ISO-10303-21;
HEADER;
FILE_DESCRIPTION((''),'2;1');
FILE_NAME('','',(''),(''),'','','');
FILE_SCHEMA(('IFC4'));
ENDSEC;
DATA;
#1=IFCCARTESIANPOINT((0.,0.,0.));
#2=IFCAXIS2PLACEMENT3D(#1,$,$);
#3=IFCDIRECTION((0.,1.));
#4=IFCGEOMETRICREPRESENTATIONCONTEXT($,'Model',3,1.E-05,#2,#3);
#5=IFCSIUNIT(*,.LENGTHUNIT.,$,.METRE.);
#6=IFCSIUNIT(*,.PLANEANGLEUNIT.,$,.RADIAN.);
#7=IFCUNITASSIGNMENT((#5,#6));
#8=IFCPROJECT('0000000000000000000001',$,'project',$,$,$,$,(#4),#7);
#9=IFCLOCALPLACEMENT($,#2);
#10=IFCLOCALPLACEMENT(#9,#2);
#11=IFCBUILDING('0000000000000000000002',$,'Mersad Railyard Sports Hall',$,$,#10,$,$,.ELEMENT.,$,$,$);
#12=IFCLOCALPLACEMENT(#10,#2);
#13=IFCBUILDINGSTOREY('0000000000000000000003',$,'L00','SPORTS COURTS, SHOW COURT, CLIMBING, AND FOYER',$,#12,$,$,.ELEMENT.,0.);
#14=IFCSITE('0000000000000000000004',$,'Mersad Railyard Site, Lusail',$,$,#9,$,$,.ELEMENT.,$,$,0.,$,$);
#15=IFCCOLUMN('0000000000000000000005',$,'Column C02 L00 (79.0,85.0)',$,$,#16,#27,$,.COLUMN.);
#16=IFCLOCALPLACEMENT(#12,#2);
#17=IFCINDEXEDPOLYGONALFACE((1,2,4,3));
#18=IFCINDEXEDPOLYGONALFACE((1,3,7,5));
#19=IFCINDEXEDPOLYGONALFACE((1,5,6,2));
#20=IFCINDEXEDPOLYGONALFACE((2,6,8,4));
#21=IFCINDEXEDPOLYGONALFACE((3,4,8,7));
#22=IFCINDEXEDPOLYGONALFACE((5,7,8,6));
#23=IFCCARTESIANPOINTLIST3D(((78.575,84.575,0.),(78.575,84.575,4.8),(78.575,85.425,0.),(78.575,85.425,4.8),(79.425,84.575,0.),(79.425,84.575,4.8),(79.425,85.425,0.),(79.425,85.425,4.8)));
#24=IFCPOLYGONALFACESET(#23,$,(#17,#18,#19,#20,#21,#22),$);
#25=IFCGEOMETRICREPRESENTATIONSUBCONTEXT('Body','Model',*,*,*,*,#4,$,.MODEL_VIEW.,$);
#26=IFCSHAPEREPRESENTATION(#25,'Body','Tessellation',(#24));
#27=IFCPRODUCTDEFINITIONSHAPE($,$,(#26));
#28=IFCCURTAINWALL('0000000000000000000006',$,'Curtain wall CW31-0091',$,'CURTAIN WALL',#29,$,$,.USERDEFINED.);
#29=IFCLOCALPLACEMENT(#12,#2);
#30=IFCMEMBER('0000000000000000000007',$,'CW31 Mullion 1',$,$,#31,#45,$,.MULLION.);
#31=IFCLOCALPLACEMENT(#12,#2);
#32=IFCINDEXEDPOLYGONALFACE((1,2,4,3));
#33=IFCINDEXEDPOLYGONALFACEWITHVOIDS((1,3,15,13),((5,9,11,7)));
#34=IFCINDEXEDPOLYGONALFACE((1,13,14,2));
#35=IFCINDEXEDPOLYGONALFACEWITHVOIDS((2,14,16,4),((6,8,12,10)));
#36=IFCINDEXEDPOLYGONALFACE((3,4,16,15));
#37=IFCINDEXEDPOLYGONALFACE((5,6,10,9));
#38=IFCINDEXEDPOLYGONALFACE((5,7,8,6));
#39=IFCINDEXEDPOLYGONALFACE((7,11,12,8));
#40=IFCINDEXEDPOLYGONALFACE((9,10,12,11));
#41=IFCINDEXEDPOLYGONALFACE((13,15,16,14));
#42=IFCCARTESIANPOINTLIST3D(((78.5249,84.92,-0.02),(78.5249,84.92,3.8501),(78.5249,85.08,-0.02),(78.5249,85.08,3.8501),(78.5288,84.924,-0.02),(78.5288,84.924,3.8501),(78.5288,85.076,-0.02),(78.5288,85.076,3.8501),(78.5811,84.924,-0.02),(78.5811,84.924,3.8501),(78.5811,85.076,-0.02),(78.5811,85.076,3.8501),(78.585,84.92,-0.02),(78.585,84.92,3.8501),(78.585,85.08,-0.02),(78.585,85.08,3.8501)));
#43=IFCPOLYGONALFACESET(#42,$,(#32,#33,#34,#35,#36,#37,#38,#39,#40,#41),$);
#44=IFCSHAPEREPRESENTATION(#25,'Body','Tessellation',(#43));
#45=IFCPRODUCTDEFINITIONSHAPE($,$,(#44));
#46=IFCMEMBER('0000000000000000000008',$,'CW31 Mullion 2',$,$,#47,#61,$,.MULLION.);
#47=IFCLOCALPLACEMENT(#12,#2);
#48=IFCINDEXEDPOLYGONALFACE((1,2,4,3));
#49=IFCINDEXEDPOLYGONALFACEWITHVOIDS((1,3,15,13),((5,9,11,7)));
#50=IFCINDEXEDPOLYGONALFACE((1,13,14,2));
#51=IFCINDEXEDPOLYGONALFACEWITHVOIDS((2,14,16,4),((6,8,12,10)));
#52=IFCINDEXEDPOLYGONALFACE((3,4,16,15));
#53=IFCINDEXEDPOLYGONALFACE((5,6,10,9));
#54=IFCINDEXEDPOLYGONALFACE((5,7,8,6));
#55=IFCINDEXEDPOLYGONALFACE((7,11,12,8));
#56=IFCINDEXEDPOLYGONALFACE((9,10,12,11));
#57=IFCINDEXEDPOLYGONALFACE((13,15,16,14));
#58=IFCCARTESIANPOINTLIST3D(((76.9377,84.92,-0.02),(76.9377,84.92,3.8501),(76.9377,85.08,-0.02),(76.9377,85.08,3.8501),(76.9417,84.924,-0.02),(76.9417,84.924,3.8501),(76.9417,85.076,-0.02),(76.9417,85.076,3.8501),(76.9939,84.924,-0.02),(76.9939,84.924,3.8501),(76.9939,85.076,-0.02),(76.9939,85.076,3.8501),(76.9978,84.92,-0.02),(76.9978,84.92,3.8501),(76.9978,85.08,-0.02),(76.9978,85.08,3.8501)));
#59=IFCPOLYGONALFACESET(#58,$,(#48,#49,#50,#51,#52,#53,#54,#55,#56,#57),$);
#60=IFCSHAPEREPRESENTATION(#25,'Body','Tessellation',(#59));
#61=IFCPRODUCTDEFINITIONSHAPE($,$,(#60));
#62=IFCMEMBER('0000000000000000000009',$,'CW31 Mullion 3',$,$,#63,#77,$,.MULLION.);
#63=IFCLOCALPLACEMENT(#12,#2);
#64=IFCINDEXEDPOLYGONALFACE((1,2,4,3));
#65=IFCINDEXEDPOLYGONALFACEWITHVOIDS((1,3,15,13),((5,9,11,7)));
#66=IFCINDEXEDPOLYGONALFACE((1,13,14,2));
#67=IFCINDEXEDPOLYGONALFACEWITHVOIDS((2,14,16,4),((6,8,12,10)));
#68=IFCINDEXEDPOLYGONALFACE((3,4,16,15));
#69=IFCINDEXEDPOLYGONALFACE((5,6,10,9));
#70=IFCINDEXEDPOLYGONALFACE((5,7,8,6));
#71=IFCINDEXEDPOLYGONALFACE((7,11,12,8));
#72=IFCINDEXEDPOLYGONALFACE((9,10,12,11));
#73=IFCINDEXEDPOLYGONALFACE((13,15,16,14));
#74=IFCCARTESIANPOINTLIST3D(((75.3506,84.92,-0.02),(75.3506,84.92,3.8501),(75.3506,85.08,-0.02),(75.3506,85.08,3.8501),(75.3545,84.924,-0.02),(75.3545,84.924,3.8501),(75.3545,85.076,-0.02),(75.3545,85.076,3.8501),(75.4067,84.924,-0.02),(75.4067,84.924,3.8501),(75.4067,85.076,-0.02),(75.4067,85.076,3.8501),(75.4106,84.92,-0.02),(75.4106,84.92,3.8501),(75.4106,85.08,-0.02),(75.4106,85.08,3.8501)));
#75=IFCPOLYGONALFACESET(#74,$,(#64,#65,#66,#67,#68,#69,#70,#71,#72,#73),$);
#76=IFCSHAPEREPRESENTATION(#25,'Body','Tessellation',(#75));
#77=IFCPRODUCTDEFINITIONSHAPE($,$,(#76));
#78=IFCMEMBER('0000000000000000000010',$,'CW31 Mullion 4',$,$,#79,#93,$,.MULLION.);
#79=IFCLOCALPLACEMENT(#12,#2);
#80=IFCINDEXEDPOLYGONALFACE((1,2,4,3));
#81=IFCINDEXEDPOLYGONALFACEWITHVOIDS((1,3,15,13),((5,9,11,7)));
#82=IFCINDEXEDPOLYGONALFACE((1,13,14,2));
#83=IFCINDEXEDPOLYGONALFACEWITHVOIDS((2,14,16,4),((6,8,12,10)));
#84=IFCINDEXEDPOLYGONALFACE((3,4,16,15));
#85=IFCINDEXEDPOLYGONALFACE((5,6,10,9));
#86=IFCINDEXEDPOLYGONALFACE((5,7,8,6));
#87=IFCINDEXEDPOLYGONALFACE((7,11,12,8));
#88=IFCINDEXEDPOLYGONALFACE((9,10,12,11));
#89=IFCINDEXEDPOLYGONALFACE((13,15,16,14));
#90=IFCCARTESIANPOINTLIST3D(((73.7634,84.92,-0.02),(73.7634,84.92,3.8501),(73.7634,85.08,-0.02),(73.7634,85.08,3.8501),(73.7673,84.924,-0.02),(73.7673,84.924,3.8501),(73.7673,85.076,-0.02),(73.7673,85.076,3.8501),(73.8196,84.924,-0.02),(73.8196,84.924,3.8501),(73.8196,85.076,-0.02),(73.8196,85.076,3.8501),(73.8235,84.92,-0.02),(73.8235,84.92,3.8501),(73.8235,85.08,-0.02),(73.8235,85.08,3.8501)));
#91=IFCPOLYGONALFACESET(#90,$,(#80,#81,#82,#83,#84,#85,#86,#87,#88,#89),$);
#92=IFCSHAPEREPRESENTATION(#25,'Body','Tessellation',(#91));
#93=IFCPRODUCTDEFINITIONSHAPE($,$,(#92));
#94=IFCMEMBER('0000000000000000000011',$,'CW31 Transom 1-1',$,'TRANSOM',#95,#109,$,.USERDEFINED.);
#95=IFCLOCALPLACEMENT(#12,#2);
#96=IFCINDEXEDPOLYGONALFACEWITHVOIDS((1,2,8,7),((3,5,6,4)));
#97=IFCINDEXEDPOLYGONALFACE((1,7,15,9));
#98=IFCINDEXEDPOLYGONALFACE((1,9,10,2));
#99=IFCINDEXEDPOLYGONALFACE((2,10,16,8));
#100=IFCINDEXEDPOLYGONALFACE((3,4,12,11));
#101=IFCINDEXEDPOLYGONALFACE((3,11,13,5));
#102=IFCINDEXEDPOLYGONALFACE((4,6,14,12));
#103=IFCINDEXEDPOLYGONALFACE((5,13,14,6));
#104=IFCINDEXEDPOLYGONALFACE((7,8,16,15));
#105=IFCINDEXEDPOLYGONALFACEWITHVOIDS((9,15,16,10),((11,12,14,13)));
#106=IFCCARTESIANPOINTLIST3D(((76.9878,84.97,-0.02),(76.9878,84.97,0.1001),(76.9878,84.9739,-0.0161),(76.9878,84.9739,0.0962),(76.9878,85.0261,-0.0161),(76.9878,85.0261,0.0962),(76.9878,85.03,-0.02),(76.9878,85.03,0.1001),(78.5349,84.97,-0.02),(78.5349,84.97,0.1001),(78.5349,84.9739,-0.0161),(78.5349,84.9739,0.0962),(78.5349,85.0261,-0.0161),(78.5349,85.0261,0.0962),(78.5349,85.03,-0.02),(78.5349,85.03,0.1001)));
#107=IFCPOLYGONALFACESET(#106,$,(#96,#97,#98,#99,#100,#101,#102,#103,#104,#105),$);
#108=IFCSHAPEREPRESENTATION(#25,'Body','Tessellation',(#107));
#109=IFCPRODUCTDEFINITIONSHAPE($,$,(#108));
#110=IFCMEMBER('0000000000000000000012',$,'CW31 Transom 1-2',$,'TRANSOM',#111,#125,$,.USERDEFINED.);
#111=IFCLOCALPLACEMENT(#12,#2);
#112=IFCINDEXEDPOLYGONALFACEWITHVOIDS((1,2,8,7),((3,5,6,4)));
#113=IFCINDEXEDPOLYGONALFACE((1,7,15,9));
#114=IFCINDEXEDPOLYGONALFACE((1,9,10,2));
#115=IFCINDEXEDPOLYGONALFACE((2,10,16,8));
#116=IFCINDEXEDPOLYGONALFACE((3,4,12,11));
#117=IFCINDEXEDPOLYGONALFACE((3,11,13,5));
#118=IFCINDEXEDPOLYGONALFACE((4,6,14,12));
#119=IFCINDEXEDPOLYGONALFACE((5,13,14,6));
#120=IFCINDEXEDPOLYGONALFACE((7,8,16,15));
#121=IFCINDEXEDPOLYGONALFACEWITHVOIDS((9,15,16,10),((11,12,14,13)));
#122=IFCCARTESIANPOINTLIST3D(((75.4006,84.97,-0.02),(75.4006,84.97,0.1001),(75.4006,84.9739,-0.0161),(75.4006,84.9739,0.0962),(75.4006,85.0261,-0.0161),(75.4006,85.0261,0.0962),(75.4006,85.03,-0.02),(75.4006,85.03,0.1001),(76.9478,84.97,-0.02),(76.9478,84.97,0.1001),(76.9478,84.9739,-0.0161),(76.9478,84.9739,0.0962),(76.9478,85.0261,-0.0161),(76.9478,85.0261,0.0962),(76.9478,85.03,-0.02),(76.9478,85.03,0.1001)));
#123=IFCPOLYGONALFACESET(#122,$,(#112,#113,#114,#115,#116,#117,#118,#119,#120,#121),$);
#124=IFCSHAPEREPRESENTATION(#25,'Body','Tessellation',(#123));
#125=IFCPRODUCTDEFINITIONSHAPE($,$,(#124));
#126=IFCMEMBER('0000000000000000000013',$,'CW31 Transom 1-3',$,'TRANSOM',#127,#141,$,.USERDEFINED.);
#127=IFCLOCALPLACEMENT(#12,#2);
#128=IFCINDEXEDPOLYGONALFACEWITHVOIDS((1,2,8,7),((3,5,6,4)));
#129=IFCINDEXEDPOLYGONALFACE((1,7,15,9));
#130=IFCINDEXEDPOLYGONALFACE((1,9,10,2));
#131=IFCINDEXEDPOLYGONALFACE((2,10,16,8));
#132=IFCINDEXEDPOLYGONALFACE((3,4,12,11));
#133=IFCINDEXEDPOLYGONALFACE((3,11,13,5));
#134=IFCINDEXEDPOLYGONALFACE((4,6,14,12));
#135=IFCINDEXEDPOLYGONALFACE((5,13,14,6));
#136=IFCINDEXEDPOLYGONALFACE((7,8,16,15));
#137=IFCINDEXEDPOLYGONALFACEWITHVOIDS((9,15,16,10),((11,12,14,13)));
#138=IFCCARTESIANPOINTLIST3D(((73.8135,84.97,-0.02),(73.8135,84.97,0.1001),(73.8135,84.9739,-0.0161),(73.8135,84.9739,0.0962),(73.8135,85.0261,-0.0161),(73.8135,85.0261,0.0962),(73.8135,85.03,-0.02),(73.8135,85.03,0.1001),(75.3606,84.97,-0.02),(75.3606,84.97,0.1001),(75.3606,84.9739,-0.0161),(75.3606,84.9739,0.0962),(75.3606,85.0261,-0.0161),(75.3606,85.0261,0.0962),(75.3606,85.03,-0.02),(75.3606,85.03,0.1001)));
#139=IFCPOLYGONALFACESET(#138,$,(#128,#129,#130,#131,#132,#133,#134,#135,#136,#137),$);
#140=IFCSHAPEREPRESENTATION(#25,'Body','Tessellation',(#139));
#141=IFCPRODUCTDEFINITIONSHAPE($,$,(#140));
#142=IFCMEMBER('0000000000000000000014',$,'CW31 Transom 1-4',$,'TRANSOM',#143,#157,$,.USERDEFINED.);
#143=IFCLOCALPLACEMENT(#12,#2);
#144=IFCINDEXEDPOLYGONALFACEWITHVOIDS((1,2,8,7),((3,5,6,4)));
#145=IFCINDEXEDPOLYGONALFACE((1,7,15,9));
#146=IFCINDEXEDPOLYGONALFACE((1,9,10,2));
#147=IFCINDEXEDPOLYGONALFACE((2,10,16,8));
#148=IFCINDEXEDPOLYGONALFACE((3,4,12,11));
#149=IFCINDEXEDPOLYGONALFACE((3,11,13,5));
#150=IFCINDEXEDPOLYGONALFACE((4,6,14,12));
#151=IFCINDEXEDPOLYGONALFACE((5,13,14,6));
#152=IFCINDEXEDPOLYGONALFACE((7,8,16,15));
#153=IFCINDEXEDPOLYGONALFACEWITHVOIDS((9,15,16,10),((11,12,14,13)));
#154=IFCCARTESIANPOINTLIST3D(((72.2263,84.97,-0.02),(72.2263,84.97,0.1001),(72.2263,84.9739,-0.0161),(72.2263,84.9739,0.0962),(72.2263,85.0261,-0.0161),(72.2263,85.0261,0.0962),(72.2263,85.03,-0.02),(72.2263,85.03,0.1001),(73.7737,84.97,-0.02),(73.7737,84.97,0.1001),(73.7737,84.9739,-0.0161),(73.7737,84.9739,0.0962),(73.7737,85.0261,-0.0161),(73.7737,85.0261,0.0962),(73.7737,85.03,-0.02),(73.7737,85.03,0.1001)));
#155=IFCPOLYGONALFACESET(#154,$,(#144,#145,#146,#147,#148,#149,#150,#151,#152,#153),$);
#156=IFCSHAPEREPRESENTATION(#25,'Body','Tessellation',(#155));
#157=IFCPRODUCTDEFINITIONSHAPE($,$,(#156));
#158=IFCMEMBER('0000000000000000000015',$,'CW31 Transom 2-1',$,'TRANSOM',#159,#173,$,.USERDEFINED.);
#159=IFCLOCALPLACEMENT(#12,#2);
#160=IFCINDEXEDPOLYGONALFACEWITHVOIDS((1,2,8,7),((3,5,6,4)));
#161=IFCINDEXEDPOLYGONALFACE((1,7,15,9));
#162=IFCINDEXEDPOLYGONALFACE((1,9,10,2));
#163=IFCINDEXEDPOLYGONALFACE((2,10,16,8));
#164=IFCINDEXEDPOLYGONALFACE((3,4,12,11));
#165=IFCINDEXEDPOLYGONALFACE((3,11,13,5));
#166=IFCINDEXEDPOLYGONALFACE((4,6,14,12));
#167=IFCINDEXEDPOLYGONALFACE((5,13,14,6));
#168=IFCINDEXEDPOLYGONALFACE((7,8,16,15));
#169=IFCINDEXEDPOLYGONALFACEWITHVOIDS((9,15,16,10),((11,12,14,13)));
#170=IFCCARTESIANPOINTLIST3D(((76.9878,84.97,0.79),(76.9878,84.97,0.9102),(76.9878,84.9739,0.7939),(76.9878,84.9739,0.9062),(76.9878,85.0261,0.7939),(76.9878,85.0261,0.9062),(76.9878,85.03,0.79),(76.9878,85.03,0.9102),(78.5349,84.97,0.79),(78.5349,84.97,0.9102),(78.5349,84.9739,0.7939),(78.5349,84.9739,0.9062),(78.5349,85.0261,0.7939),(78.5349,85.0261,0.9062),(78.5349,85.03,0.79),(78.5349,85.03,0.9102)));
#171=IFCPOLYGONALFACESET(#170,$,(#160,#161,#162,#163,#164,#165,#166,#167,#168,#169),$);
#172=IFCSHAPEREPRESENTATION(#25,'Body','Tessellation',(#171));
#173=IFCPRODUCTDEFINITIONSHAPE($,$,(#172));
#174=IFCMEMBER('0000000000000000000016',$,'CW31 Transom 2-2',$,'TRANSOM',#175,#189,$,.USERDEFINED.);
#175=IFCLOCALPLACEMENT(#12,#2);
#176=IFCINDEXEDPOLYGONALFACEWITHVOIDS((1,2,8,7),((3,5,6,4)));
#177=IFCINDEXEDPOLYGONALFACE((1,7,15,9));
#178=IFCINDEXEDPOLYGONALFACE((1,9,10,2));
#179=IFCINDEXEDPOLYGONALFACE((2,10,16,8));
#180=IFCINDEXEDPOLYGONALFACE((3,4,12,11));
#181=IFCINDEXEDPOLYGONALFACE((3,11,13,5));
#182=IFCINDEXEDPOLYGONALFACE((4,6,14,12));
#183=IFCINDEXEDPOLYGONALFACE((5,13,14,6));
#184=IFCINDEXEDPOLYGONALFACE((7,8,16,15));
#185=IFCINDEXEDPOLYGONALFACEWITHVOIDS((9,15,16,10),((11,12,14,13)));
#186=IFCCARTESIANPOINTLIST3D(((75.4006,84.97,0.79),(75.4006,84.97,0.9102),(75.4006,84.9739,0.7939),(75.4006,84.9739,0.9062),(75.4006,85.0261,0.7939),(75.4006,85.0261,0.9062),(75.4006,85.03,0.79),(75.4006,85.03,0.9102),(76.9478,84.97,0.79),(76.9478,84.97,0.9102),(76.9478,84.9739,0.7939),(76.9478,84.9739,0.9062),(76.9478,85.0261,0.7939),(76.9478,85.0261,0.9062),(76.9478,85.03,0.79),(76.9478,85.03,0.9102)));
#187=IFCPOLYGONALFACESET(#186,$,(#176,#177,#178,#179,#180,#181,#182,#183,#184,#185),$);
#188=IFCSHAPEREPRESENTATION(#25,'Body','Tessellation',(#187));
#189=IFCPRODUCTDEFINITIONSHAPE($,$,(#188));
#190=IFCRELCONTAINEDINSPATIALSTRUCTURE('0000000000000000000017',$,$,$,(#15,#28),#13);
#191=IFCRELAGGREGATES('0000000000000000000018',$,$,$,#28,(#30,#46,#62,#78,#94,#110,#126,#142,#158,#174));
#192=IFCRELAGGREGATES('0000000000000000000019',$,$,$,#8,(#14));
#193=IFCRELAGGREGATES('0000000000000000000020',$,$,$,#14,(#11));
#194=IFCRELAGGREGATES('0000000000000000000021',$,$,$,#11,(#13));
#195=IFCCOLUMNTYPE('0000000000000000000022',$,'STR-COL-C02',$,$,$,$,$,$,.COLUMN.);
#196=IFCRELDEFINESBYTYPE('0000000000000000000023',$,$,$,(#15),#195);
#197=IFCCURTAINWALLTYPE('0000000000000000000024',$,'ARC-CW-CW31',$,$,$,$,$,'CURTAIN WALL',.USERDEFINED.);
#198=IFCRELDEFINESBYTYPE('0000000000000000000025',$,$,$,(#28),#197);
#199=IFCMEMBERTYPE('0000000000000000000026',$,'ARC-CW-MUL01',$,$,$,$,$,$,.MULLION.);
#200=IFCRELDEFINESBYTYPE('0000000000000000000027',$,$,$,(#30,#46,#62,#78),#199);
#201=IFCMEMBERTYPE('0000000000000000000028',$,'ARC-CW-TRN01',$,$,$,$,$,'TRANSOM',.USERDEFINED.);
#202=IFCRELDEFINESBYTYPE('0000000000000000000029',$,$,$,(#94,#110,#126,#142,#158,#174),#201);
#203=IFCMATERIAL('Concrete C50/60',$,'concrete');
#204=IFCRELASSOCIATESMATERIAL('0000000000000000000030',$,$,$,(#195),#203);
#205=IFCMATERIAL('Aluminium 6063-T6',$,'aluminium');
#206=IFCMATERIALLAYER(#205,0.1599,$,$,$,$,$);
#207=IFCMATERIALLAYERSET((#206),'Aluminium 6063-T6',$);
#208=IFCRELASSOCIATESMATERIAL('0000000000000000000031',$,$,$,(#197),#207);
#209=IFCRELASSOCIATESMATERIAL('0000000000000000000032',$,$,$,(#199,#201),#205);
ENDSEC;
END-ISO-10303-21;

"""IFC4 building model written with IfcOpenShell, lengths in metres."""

from ifc_helpers import new_model, si_unit, direction, frame, origin, origin_2d, place, context, subcontext, project, spatial, rectangle, hollow_rectangle, extrude, material, layer, layer_set, material_profile, profile_set, type_object, element, aggregate, save


model = new_model("IFC4")

# Units and contexts
model_context = context("Model", 3, precision=1e-05, world=origin(), true_north=direction((0.0, 1.0)))
body_context = subcontext(model_context, "Body", "Model", "MODEL_VIEW")
ifc_project = project(units=[si_unit("LENGTHUNIT", "METRE"), si_unit("PLANEANGLEUNIT", "RADIAN")], contexts=[model_context])

# Site, building, storey
site_placement = place(None, origin())
site = spatial("IfcSite", under=ifc_project, at=site_placement, Name="Mersad Railyard Site, Lusail", CompositionType="ELEMENT", RefElevation=0.0)
building_placement = place(site_placement, origin())
building = spatial("IfcBuilding", under=site, at=building_placement, Name="Mersad Railyard Sports Hall", CompositionType="ELEMENT")
storey_placement = place(building_placement, origin())
storey = spatial("IfcBuildingStorey", under=building, at=storey_placement, Name="L00", Description="SPORTS COURTS, SHOW COURT, CLIMBING, AND FOYER", CompositionType="ELEMENT", Elevation=0.0)

# Column
ifc_material_1 = material(Name="Concrete C50/60", Category="concrete")
ifc_material_profile_1 = material_profile(ifc_material_1, rectangle(XDim=0.8501, YDim=0.8501, at=origin_2d()), Name="RC 850x850")
ifc_profile_set_1 = profile_set([ifc_material_profile_1], Name="Concrete C50/60")
column_type = type_object("IfcColumnType", Name="STR-COL-C02", PredefinedType="COLUMN", material=ifc_profile_set_1)
column_placement = place(storey_placement, frame((79.0, 85.0, 0.0), z_axis=(0.0, 0.0, 1.0), x_axis=(1.0, 0.0, 0.0)))
element("IfcColumn", 1, at=column_placement, inside=storey, type_object=column_type, Name="Column C02 L00 (79.0,85.0)", PredefinedType="COLUMN", context=body_context, shape_type="SweptSolid", body=[
    extrude(rectangle(XDim=0.8501, YDim=0.8501, at=origin_2d()), origin(), (0.0, 0.0, 1.0), 4.8),
])

# Curtain wall, members
ifc_material_2 = material(Name="Aluminium 6063-T6", Category="aluminium")
ifc_layer_1 = layer(ifc_material_2, 0.1599)
ifc_layer_set_1 = layer_set([ifc_layer_1], Name="Aluminium 6063-T6")
curtain_wall_type = type_object("IfcCurtainWallType", Name="ARC-CW-CW31", ElementType="CURTAIN WALL", PredefinedType="USERDEFINED", material=ifc_layer_set_1)
curtain_wall_placement = place(storey_placement, origin())
curtain_wall = element("IfcCurtainWall", 2, at=curtain_wall_placement, inside=storey, type_object=curtain_wall_type, Name="Curtain wall CW31-0091", ObjectType="CURTAIN WALL", PredefinedType="USERDEFINED")
ifc_material_profile_2 = material_profile(ifc_material_2, hollow_rectangle(XDim=0.0601, YDim=0.1599, WallThickness=0.0039, at=origin_2d()), Name="AL MULLION 60x160x4")
ifc_profile_set_2 = profile_set([ifc_material_profile_2], Name="Aluminium 6063-T6")
member_type_1 = type_object("IfcMemberType", Name="ARC-CW-MUL01", PredefinedType="MULLION", material=ifc_profile_set_2)
member_1_placement = place(storey_placement, frame((78.5549, 85.0, -0.02), z_axis=(0.0, 0.0, 1.0), x_axis=(1.0, 0.0, 0.0)))
member_1 = element("IfcMember", 3, at=member_1_placement, type_object=member_type_1, Name="CW31 Mullion 1", PredefinedType="MULLION", context=body_context, shape_type="SweptSolid", body=[
    extrude(hollow_rectangle(XDim=0.0601, YDim=0.1599, WallThickness=0.0039, at=origin_2d()), origin(), (0.0, 0.0, 1.0), 3.8701),
])
member_2_placement = place(storey_placement, frame((76.9678, 85.0, -0.02), z_axis=(0.0, 0.0, 1.0), x_axis=(1.0, 0.0, 0.0)))
member_2 = element("IfcMember", 4, at=member_2_placement, type_object=member_type_1, Name="CW31 Mullion 2", PredefinedType="MULLION", context=body_context, shape_type="SweptSolid", body=[
    extrude(hollow_rectangle(XDim=0.0601, YDim=0.1599, WallThickness=0.0039, at=origin_2d()), origin(), (0.0, 0.0, 1.0), 3.8701),
])
member_3_placement = place(storey_placement, frame((75.3806, 85.0, -0.02), z_axis=(0.0, 0.0, 1.0), x_axis=(1.0, 0.0, 0.0)))
member_3 = element("IfcMember", 5, at=member_3_placement, type_object=member_type_1, Name="CW31 Mullion 3", PredefinedType="MULLION", context=body_context, shape_type="SweptSolid", body=[
    extrude(hollow_rectangle(XDim=0.0601, YDim=0.1599, WallThickness=0.0039, at=origin_2d()), origin(), (0.0, 0.0, 1.0), 3.8701),
])
member_4_placement = place(storey_placement, frame((73.7935, 85.0, -0.02), z_axis=(0.0, 0.0, 1.0), x_axis=(1.0, 0.0, 0.0)))
member_4 = element("IfcMember", 6, at=member_4_placement, type_object=member_type_1, Name="CW31 Mullion 4", PredefinedType="MULLION", context=body_context, shape_type="SweptSolid", body=[
    extrude(hollow_rectangle(XDim=0.0601, YDim=0.1599, WallThickness=0.0039, at=origin_2d()), origin(), (0.0, 0.0, 1.0), 3.8701),
])
ifc_material_profile_3 = material_profile(ifc_material_2, hollow_rectangle(XDim=0.0601, YDim=0.1201, WallThickness=0.0039, at=origin_2d()), Name="AL TRANSOM 60x120x4")
ifc_profile_set_3 = profile_set([ifc_material_profile_3], Name="Aluminium 6063-T6")
member_type_2 = type_object("IfcMemberType", Name="ARC-CW-TRN01", ElementType="TRANSOM", PredefinedType="USERDEFINED", material=ifc_profile_set_3)
member_5_placement = place(storey_placement, frame((78.5349, 85.0, 0.04), z_axis=(-1.0, 0.0, 0.0), x_axis=(0.0, -1.0, 0.0)))
member_5 = element("IfcMember", 7, at=member_5_placement, type_object=member_type_2, Name="CW31 Transom 1-1", ObjectType="TRANSOM", PredefinedType="USERDEFINED", context=body_context, shape_type="SweptSolid", body=[
    extrude(hollow_rectangle(XDim=0.0601, YDim=0.1201, WallThickness=0.0039, at=origin_2d()), origin(), (0.0, 0.0, 1.0), 1.5471),
])
member_6_placement = place(storey_placement, frame((76.9478, 85.0, 0.04), z_axis=(-1.0, 0.0, 0.0), x_axis=(0.0, -1.0, 0.0)))
member_6 = element("IfcMember", 8, at=member_6_placement, type_object=member_type_2, Name="CW31 Transom 1-2", ObjectType="TRANSOM", PredefinedType="USERDEFINED", context=body_context, shape_type="SweptSolid", body=[
    extrude(hollow_rectangle(XDim=0.0601, YDim=0.1201, WallThickness=0.0039, at=origin_2d()), origin(), (0.0, 0.0, 1.0), 1.5471),
])
member_7_placement = place(storey_placement, frame((75.3606, 85.0, 0.04), z_axis=(-1.0, 0.0, 0.0), x_axis=(0.0, -1.0, 0.0)))
member_7 = element("IfcMember", 9, at=member_7_placement, type_object=member_type_2, Name="CW31 Transom 1-3", ObjectType="TRANSOM", PredefinedType="USERDEFINED", context=body_context, shape_type="SweptSolid", body=[
    extrude(hollow_rectangle(XDim=0.0601, YDim=0.1201, WallThickness=0.0039, at=origin_2d()), origin(), (0.0, 0.0, 1.0), 1.5471),
])
member_8_placement = place(storey_placement, frame((73.7737, 85.0, 0.04), z_axis=(-1.0, 0.0, 0.0), x_axis=(0.0, -1.0, 0.0)))
member_8 = element("IfcMember", 10, at=member_8_placement, type_object=member_type_2, Name="CW31 Transom 1-4", ObjectType="TRANSOM", PredefinedType="USERDEFINED", context=body_context, shape_type="SweptSolid", body=[
    extrude(hollow_rectangle(XDim=0.0601, YDim=0.1201, WallThickness=0.0039, at=origin_2d()), origin(), (0.0, 0.0, 1.0), 1.5474),
])
member_9_placement = place(storey_placement, frame((78.5349, 85.0, 0.8501), z_axis=(-1.0, 0.0, 0.0), x_axis=(0.0, -1.0, 0.0)))
member_9 = element("IfcMember", 11, at=member_9_placement, type_object=member_type_2, Name="CW31 Transom 2-1", ObjectType="TRANSOM", PredefinedType="USERDEFINED", context=body_context, shape_type="SweptSolid", body=[
    extrude(hollow_rectangle(XDim=0.0601, YDim=0.1201, WallThickness=0.0039, at=origin_2d()), origin(), (0.0, 0.0, 1.0), 1.5471),
])
member_10_placement = place(storey_placement, frame((76.9478, 85.0, 0.8501), z_axis=(-1.0, 0.0, 0.0), x_axis=(0.0, -1.0, 0.0)))
member_10 = element("IfcMember", 12, at=member_10_placement, type_object=member_type_2, Name="CW31 Transom 2-2", ObjectType="TRANSOM", PredefinedType="USERDEFINED", context=body_context, shape_type="SweptSolid", body=[
    extrude(hollow_rectangle(XDim=0.0601, YDim=0.1201, WallThickness=0.0039, at=origin_2d()), origin(), (0.0, 0.0, 1.0), 1.5471),
])

aggregate(curtain_wall, [member_1, member_2, member_3, member_4, member_5, member_6, member_7, member_8, member_9, member_10])

save(model, "model.ifc")
